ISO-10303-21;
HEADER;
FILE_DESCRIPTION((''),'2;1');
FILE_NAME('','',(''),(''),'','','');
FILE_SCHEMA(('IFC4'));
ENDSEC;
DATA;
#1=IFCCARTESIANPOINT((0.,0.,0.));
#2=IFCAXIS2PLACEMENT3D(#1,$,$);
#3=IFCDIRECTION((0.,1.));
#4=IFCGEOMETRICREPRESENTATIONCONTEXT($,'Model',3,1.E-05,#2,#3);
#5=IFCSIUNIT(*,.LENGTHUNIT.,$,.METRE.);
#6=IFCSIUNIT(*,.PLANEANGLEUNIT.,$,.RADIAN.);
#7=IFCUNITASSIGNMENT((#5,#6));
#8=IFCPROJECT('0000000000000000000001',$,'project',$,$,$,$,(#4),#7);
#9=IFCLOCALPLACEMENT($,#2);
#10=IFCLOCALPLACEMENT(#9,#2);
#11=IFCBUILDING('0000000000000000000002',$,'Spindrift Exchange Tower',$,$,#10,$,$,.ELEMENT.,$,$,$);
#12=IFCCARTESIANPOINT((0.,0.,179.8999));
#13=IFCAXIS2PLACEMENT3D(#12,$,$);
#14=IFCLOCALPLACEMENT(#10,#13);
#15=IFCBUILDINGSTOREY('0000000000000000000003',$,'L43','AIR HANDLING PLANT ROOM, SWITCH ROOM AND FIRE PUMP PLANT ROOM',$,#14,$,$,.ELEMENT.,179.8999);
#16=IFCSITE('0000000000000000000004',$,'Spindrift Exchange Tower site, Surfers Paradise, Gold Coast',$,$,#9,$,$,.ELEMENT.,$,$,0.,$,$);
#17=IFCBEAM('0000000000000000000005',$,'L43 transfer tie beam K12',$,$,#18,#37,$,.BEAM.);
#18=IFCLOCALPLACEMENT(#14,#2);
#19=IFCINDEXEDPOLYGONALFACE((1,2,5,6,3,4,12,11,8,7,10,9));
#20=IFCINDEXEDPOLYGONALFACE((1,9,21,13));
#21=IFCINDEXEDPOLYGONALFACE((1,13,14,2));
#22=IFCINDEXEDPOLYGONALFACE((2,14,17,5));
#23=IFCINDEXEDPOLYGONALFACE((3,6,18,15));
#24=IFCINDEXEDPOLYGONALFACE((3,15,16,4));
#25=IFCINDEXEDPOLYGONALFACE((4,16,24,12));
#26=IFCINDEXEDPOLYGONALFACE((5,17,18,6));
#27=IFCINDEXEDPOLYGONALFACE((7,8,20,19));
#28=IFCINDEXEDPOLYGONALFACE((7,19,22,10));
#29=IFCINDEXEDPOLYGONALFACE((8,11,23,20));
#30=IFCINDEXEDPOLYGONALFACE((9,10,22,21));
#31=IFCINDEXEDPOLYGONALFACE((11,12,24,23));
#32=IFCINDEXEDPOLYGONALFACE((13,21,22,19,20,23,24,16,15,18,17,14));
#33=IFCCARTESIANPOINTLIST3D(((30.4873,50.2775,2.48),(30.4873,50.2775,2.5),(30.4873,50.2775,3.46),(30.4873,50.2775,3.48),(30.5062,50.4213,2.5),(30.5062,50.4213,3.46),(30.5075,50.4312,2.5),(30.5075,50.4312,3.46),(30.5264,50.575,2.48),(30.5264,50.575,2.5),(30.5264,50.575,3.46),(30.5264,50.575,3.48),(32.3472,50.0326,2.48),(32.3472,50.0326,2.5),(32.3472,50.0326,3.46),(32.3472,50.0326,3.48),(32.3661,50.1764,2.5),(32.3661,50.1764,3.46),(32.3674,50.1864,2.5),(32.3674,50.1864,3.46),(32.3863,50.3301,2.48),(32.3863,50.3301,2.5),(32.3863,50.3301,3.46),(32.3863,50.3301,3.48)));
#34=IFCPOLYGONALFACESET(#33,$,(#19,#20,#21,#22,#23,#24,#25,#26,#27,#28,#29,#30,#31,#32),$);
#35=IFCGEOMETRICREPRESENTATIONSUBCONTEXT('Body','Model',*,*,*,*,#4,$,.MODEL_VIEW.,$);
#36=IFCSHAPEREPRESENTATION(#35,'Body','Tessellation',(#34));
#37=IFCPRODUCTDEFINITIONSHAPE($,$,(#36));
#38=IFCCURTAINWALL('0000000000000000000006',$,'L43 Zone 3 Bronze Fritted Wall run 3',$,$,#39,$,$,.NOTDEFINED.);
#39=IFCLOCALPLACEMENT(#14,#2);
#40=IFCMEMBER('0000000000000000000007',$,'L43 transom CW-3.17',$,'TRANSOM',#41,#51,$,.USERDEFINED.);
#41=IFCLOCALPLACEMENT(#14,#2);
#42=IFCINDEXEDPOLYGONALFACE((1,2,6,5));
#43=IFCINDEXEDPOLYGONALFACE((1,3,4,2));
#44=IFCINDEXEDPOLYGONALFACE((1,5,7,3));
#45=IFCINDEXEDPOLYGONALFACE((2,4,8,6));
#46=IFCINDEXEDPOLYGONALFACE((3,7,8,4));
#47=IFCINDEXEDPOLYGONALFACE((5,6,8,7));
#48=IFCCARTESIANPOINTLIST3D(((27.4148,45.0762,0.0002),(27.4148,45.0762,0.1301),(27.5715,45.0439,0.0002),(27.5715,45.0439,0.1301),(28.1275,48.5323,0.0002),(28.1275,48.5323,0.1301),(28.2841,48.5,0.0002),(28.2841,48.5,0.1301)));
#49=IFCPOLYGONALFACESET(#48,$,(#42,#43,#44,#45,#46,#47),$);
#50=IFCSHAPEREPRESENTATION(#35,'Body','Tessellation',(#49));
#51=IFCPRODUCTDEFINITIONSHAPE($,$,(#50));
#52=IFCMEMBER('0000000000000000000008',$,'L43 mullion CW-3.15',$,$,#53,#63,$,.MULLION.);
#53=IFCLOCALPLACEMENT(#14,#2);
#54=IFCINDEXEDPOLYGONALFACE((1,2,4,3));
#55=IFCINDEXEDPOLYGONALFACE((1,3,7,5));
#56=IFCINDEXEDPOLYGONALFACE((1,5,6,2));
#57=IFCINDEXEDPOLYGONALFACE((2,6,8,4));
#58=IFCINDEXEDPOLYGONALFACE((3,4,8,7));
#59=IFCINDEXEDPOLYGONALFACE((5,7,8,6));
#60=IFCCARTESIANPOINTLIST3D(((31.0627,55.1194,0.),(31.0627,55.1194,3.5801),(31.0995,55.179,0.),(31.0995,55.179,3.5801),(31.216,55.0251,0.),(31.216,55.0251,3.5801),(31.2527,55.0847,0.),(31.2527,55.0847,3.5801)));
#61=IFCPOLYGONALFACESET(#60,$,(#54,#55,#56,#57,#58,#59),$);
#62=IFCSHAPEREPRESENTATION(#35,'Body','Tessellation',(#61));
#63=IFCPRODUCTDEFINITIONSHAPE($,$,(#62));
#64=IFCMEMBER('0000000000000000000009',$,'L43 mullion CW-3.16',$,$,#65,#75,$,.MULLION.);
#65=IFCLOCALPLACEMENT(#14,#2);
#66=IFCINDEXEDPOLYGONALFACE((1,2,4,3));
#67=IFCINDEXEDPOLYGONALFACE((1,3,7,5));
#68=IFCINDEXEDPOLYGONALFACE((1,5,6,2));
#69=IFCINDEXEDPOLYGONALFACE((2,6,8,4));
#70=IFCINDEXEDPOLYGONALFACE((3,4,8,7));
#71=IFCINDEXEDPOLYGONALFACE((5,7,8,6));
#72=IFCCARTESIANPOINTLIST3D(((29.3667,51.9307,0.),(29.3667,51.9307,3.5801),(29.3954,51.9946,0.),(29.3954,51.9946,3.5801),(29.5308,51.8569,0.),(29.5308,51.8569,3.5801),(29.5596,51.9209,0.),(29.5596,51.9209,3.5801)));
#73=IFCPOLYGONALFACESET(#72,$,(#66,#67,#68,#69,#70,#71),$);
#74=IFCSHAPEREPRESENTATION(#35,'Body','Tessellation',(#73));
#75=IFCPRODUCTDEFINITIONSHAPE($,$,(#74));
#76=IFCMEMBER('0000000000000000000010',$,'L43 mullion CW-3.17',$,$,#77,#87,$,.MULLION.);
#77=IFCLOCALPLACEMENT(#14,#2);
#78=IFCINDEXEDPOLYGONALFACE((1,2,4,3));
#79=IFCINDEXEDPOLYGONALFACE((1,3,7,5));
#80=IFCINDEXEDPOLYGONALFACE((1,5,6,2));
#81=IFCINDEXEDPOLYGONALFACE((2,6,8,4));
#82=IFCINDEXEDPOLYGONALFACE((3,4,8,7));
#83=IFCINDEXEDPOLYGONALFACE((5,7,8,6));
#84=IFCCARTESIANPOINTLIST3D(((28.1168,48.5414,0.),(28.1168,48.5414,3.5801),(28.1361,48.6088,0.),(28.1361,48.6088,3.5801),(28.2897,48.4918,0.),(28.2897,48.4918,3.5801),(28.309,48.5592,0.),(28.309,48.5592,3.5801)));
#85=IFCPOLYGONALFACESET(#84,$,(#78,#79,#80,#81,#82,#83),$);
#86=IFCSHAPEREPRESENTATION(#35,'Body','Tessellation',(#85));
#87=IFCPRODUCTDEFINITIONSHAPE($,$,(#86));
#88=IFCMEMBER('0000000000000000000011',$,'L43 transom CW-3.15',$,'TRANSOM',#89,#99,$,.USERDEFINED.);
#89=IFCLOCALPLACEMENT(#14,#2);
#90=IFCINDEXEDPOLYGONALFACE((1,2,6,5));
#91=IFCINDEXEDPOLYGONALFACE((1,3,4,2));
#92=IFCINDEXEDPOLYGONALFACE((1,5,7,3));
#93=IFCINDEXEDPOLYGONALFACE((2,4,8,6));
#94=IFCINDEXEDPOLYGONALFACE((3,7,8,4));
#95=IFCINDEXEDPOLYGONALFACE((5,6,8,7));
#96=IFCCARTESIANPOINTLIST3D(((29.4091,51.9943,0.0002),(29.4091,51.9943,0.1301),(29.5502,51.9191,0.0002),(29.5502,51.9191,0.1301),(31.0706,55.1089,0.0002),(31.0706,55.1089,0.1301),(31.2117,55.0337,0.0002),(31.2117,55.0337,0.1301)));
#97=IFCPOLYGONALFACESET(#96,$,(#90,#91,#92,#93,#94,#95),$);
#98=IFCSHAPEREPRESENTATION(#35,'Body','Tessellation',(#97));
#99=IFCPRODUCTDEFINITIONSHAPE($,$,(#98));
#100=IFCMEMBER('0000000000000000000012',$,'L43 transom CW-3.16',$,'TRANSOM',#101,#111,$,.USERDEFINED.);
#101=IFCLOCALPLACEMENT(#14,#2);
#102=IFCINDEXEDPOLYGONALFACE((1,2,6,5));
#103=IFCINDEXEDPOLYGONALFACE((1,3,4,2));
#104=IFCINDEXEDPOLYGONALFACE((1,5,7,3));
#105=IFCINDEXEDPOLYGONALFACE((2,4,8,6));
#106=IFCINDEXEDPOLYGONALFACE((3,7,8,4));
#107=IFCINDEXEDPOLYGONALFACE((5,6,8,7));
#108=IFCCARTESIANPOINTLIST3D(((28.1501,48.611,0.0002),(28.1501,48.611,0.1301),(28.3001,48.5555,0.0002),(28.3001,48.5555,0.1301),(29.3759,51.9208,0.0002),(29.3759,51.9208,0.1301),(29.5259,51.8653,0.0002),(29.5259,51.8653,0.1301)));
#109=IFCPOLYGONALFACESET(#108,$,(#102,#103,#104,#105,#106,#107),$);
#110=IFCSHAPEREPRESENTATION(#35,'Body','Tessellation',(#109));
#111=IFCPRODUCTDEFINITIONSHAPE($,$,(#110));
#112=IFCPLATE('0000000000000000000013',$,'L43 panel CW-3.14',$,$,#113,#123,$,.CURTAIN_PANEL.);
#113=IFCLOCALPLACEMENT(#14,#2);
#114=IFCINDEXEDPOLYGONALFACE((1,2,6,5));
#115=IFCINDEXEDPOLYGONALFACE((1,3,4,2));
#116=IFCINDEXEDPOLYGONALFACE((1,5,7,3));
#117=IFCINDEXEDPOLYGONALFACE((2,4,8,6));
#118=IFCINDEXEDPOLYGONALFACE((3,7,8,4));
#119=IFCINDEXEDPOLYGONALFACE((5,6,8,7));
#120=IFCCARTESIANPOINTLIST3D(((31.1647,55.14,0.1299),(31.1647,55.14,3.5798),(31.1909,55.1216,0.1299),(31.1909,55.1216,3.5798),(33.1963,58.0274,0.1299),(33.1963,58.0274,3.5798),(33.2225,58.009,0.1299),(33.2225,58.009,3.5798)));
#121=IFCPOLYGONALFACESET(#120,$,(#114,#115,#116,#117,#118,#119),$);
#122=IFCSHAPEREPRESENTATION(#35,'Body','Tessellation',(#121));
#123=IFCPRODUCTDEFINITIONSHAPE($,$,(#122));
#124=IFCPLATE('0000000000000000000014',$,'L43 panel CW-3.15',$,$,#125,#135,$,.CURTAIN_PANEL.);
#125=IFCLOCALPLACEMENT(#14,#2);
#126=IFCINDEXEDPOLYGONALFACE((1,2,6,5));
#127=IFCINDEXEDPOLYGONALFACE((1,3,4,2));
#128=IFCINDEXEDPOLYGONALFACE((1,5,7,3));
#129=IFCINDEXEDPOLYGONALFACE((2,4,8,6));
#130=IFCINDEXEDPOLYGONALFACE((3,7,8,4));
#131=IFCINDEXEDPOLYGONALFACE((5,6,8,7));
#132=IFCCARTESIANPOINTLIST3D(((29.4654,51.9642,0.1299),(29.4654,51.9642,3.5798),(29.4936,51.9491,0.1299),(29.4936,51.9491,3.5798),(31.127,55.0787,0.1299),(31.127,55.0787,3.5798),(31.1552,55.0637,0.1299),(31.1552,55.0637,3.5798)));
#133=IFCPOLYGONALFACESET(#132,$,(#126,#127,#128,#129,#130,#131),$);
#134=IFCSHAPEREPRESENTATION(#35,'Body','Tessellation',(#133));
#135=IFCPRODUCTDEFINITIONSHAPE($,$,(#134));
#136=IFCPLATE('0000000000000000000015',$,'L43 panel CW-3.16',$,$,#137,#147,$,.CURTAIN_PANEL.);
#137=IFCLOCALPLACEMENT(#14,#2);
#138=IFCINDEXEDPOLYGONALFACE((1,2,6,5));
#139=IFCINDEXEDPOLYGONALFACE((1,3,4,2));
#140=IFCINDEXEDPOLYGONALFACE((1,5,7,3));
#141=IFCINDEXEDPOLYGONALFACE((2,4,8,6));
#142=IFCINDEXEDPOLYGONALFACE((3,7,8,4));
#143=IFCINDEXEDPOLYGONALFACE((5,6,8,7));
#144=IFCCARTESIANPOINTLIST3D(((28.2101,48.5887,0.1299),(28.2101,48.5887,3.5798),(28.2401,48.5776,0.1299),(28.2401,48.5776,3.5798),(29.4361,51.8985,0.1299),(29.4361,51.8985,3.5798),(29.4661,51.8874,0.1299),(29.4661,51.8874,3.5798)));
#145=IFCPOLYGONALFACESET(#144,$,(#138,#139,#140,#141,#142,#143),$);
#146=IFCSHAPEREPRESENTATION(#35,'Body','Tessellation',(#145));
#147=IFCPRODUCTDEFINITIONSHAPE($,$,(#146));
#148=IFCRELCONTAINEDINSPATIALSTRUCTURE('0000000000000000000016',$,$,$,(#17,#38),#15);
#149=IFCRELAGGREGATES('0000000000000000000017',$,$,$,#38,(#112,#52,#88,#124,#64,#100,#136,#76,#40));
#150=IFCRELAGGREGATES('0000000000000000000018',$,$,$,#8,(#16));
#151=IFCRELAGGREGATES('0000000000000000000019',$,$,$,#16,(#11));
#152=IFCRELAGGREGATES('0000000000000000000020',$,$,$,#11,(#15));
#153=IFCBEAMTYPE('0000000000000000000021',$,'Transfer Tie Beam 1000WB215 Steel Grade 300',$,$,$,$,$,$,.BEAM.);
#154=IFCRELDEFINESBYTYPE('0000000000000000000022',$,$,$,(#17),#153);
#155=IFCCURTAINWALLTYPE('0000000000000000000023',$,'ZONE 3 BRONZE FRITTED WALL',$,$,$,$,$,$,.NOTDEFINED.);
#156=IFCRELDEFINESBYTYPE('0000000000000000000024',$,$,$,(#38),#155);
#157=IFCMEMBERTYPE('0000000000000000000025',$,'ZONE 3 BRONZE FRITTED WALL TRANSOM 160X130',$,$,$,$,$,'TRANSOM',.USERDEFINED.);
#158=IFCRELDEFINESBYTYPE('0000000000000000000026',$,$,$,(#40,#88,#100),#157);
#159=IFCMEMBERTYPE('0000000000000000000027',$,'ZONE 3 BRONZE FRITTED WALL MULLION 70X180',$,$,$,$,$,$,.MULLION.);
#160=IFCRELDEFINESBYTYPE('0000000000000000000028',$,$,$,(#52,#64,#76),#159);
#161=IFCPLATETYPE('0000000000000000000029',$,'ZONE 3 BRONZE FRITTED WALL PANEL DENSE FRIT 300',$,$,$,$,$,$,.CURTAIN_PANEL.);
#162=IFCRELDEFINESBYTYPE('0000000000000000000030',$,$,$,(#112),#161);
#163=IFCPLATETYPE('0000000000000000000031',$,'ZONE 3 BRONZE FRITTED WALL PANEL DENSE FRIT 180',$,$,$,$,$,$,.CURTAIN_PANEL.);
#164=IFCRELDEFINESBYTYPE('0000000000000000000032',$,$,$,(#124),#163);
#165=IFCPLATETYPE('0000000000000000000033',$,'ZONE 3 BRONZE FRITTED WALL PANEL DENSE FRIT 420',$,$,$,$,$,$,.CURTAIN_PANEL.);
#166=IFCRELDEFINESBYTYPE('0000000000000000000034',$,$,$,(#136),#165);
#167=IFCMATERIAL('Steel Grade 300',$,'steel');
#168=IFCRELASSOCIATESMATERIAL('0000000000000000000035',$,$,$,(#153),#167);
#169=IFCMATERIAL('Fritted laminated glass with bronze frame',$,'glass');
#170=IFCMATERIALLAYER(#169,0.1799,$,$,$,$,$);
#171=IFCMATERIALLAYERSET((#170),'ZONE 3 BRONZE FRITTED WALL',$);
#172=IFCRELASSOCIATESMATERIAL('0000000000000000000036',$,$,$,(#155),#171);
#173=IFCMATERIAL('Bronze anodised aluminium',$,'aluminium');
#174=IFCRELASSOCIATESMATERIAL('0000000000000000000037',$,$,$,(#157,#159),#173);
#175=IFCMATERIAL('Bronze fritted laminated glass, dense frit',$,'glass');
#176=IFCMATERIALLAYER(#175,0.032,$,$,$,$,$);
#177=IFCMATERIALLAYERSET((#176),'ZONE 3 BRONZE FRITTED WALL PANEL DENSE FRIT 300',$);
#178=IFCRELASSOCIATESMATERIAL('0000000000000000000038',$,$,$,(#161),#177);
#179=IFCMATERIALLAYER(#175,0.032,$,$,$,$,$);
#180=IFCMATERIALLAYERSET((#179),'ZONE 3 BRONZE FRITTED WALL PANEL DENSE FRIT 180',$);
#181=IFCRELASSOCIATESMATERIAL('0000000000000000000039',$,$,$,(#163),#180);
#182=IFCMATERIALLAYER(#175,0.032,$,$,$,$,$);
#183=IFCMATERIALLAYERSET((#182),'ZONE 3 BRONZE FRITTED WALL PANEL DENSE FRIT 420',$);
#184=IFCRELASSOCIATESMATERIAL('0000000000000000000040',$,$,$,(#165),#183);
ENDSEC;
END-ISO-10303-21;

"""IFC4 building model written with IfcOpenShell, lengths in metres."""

from ifc_helpers import new_model, si_unit, direction, frame, origin, origin_2d, place, context, subcontext, project, spatial, rectangle, i_section, extrude, source, transform, mapped, material, layer, layer_set, material_profile, profile_set, type_object, element, aggregate, save


model = new_model("IFC4")

# Units and contexts
model_context = context("Model", 3, precision=1e-05, world=origin(), true_north=direction((0.0, 1.0)))
body_context = subcontext(model_context, "Body", "Model", "MODEL_VIEW")
ifc_project = project(units=[si_unit("LENGTHUNIT", "METRE"), si_unit("PLANEANGLEUNIT", "RADIAN")], contexts=[model_context])

# Site, building, storey
site_placement = place(None, origin())
site = spatial("IfcSite", under=ifc_project, at=site_placement, Name="Spindrift Exchange Tower site, Surfers Paradise, Gold Coast", CompositionType="ELEMENT", RefElevation=0.0)
building_placement = place(site_placement, origin())
building = spatial("IfcBuilding", under=site, at=building_placement, Name="Spindrift Exchange Tower", CompositionType="ELEMENT")
storey_placement = place(building_placement, frame((0.0, 0.0, 179.8999)))
storey = spatial("IfcBuildingStorey", under=building, at=storey_placement, Name="L43", Description="AIR HANDLING PLANT ROOM, SWITCH ROOM AND FIRE PUMP PLANT ROOM", CompositionType="ELEMENT", Elevation=179.8999)

# Shared definitions
ifc_material_1 = material(Name="Steel Grade 300", Category="steel")

# Beam
ifc_material_profile_1 = material_profile(ifc_material_1, i_section(OverallWidth=0.3, OverallDepth=1.0, WebThickness=0.01, FlangeThickness=0.02, at=origin_2d()), Name="1000WB215")
ifc_profile_set_1 = profile_set([ifc_material_profile_1], Name="Steel Grade 300")
beam_type_1 = type_object("IfcBeamType", Name="Transfer Tie Beam 1000WB215 Steel Grade 300", PredefinedType="BEAM", material=ifc_profile_set_1)
shared_shape_1 = source(origin(), body_context, "Body", "SweptSolid", [
    extrude(i_section(OverallWidth=0.3, OverallDepth=1.0, WebThickness=0.01, FlangeThickness=0.02, at=origin_2d()), origin(), (0.0, 0.0, 1.0), 1.876),
])
beam_1_placement = place(storey_placement, frame((30.5068, 50.4263, 2.98), z_axis=(0.991444, -0.130535, 0.0), x_axis=(0.130535, 0.991444, 0.0)))
element("IfcBeam", 1, at=beam_1_placement, inside=storey, type_object=beam_type_1, Name="L43 transfer tie beam K12", PredefinedType="BEAM", context=body_context, shape_type="MappedRepresentation", body=[
    mapped(shared_shape_1, transform((0.0, 0.0, 0.0), scale=1.0)),
])

# Curtain wall, members, plates
ifc_material_2 = material(Name="Fritted laminated glass with bronze frame", Category="glass")
ifc_layer_1 = layer(ifc_material_2, 0.1799)
ifc_layer_set_1 = layer_set([ifc_layer_1], Name="ZONE 3 BRONZE FRITTED WALL")
curtain_wall_type = type_object("IfcCurtainWallType", Name="ZONE 3 BRONZE FRITTED WALL", PredefinedType="NOTDEFINED", material=ifc_layer_set_1)
curtain_wall_placement = place(storey_placement, origin())
curtain_wall = element("IfcCurtainWall", 2, at=curtain_wall_placement, inside=storey, type_object=curtain_wall_type, Name="L43 Zone 3 Bronze Fritted Wall run 3", PredefinedType="NOTDEFINED")
ifc_material_3 = material(Name="Bronze anodised aluminium", Category="aluminium")
ifc_material_profile_2 = material_profile(ifc_material_3, rectangle(XDim=0.1599, YDim=0.1299, at=origin_2d()), Name="ZONE 3 BRONZE FRITTED WALL TRANSOM 160X130")
ifc_profile_set_2 = profile_set([ifc_material_profile_2], Name="Bronze anodised aluminium")
member_type_1 = type_object("IfcMemberType", Name="ZONE 3 BRONZE FRITTED WALL TRANSOM 160X130", ElementType="TRANSOM", PredefinedType="USERDEFINED", material=ifc_profile_set_2)
shared_shape_2 = source(origin(), body_context, "Body", "SweptSolid", [
    extrude(rectangle(XDim=0.1599, YDim=0.1299, at=origin_2d()), origin(), (0.0, 0.0, 1.0), 3.5288),
])
member_1_placement = place(storey_placement, frame((28.2058, 48.5161, 0.0652), z_axis=(-0.201954, -0.979395, 0.0), x_axis=(0.979395, -0.201954, 0.0)))
member_1 = element("IfcMember", 3, at=member_1_placement, type_object=member_type_1, Name="L43 transom CW-3.17", ObjectType="TRANSOM", PredefinedType="USERDEFINED", context=body_context, shape_type="MappedRepresentation", body=[
    mapped(shared_shape_2, transform((0.0, 0.0, 0.0), scale=1.0)),
])
ifc_material_profile_3 = material_profile(ifc_material_3, rectangle(XDim=0.0701, YDim=0.1799, at=origin_2d()), Name="ZONE 3 BRONZE FRITTED WALL MULLION 70X180")
ifc_profile_set_3 = profile_set([ifc_material_profile_3], Name="Bronze anodised aluminium")
member_type_2 = type_object("IfcMemberType", Name="ZONE 3 BRONZE FRITTED WALL MULLION 70X180", PredefinedType="MULLION", material=ifc_profile_set_3)
shared_shape_3 = source(origin(), body_context, "Body", "SweptSolid", [
    extrude(rectangle(XDim=0.0701, YDim=0.1799, at=origin_2d()), origin(), (0.0, 0.0, 1.0), 3.5801),
])
member_2_placement = place(storey_placement, frame((31.1577, 55.1021, 0.0), z_axis=(0.0, 0.0, 1.0), x_axis=(-0.524063, -0.851679, 0.0)))
member_2 = element("IfcMember", 4, at=member_2_placement, type_object=member_type_2, Name="L43 mullion CW-3.15", PredefinedType="MULLION", context=body_context, shape_type="MappedRepresentation", body=[
    mapped(shared_shape_3, transform((0.0, 0.0, 0.0), scale=1.0)),
])
member_3_placement = place(storey_placement, frame((29.4631, 51.9258, 0.0), z_axis=(0.0, 0.0, 1.0), x_axis=(-0.409959, -0.912104, 0.0)))
member_3 = element("IfcMember", 5, at=member_3_placement, type_object=member_type_2, Name="L43 mullion CW-3.16", PredefinedType="MULLION", context=body_context, shape_type="MappedRepresentation", body=[
    mapped(shared_shape_3, transform((0.0, 0.0, 0.0), scale=1.0)),
])
member_4_placement = place(storey_placement, frame((28.2129, 48.5503, 0.0), z_axis=(0.0, 0.0, 1.0), x_axis=(-0.275433, -0.96132, 0.0)))
member_4 = element("IfcMember", 6, at=member_4_placement, type_object=member_type_2, Name="L43 mullion CW-3.17", PredefinedType="MULLION", context=body_context, shape_type="MappedRepresentation", body=[
    mapped(shared_shape_3, transform((0.0, 0.0, 0.0), scale=1.0)),
])
shared_shape_4 = source(origin(), body_context, "Body", "SweptSolid", [
    extrude(rectangle(XDim=0.1599, YDim=0.1299, at=origin_2d()), origin(), (0.0, 0.0, 1.0), 3.53),
])
member_5_placement = place(storey_placement, frame((31.1411, 55.0713, 0.0652), z_axis=(-0.470656, -0.882317, 0.0), x_axis=(0.882317, -0.470656, 0.0)))
member_5 = element("IfcMember", 7, at=member_5_placement, type_object=member_type_1, Name="L43 transom CW-3.15", ObjectType="TRANSOM", PredefinedType="USERDEFINED", context=body_context, shape_type="MappedRepresentation", body=[
    mapped(shared_shape_4, transform((0.0, 0.0, 0.0), scale=1.0)),
])
shared_shape_5 = source(origin(), body_context, "Body", "SweptSolid", [
    extrude(rectangle(XDim=0.1599, YDim=0.1299, at=origin_2d()), origin(), (0.0, 0.0, 1.0), 3.5295),
])
member_6_placement = place(storey_placement, frame((29.4509, 51.8931, 0.0652), z_axis=(-0.347308, -0.937751, 0.0), x_axis=(0.937751, -0.347308, 0.0)))
member_6 = element("IfcMember", 8, at=member_6_placement, type_object=member_type_1, Name="L43 transom CW-3.16", ObjectType="TRANSOM", PredefinedType="USERDEFINED", context=body_context, shape_type="MappedRepresentation", body=[
    mapped(shared_shape_5, transform((0.0, 0.0, 0.0), scale=1.0)),
])
ifc_material_4 = material(Name="Bronze fritted laminated glass, dense frit", Category="glass")
ifc_layer_2 = layer(ifc_material_4, 0.032)
ifc_layer_set_2 = layer_set([ifc_layer_2], Name="ZONE 3 BRONZE FRITTED WALL PANEL DENSE FRIT 300")
plate_type_1 = type_object("IfcPlateType", Name="ZONE 3 BRONZE FRITTED WALL PANEL DENSE FRIT 300", PredefinedType="CURTAIN_PANEL", material=ifc_layer_set_2)
shared_shape_6 = source(origin(), body_context, "Body", "SweptSolid", [
    extrude(rectangle(XDim=3.5305, YDim=0.032, at=origin_2d()), origin(), (0.0, 0.0, 1.0), 3.45),
])
plate_1_placement = place(storey_placement, frame((32.1936, 56.5745, 0.1299), z_axis=(0.0, 0.0, 1.0), x_axis=(-0.575452, -0.817835, 0.0)))
plate_1 = element("IfcPlate", 9, at=plate_1_placement, type_object=plate_type_1, Name="L43 panel CW-3.14", PredefinedType="CURTAIN_PANEL", context=body_context, shape_type="MappedRepresentation", body=[
    mapped(shared_shape_6, transform((0.0, 0.0, 0.0), scale=1.0)),
])
ifc_layer_3 = layer(ifc_material_4, 0.032)
ifc_layer_set_3 = layer_set([ifc_layer_3], Name="ZONE 3 BRONZE FRITTED WALL PANEL DENSE FRIT 180")
plate_type_2 = type_object("IfcPlateType", Name="ZONE 3 BRONZE FRITTED WALL PANEL DENSE FRIT 180", PredefinedType="CURTAIN_PANEL", material=ifc_layer_set_3)
shared_shape_7 = source(origin(), body_context, "Body", "SweptSolid", [
    extrude(rectangle(XDim=3.53, YDim=0.032, at=origin_2d()), origin(), (0.0, 0.0, 1.0), 3.45),
])
plate_2_placement = place(storey_placement, frame((30.3103, 53.5139, 0.1299), z_axis=(0.0, 0.0, 1.0), x_axis=(-0.47069, -0.882299, 0.0)))
plate_2 = element("IfcPlate", 10, at=plate_2_placement, type_object=plate_type_2, Name="L43 panel CW-3.15", PredefinedType="CURTAIN_PANEL", context=body_context, shape_type="MappedRepresentation", body=[
    mapped(shared_shape_7, transform((0.0, 0.0, 0.0), scale=1.0)),
])
ifc_layer_4 = layer(ifc_material_4, 0.032)
ifc_layer_set_4 = layer_set([ifc_layer_4], Name="ZONE 3 BRONZE FRITTED WALL PANEL DENSE FRIT 420")
plate_type_3 = type_object("IfcPlateType", Name="ZONE 3 BRONZE FRITTED WALL PANEL DENSE FRIT 420", PredefinedType="CURTAIN_PANEL", material=ifc_layer_set_4)
shared_shape_8 = source(origin(), body_context, "Body", "SweptSolid", [
    extrude(rectangle(XDim=3.5295, YDim=0.032, at=origin_2d()), origin(), (0.0, 0.0, 1.0), 3.45),
])
plate_3_placement = place(storey_placement, frame((28.8381, 50.238, 0.1299), z_axis=(0.0, 0.0, 1.0), x_axis=(-0.347351, -0.937735, 0.0)))
plate_3 = element("IfcPlate", 11, at=plate_3_placement, type_object=plate_type_3, Name="L43 panel CW-3.16", PredefinedType="CURTAIN_PANEL", context=body_context, shape_type="MappedRepresentation", body=[
    mapped(shared_shape_8, transform((0.0, 0.0, 0.0), scale=1.0)),
])
aggregate(curtain_wall, [plate_1, member_2, member_5, plate_2, member_3, member_6, plate_3, member_4, member_1])

save(model, "model.ifc")
